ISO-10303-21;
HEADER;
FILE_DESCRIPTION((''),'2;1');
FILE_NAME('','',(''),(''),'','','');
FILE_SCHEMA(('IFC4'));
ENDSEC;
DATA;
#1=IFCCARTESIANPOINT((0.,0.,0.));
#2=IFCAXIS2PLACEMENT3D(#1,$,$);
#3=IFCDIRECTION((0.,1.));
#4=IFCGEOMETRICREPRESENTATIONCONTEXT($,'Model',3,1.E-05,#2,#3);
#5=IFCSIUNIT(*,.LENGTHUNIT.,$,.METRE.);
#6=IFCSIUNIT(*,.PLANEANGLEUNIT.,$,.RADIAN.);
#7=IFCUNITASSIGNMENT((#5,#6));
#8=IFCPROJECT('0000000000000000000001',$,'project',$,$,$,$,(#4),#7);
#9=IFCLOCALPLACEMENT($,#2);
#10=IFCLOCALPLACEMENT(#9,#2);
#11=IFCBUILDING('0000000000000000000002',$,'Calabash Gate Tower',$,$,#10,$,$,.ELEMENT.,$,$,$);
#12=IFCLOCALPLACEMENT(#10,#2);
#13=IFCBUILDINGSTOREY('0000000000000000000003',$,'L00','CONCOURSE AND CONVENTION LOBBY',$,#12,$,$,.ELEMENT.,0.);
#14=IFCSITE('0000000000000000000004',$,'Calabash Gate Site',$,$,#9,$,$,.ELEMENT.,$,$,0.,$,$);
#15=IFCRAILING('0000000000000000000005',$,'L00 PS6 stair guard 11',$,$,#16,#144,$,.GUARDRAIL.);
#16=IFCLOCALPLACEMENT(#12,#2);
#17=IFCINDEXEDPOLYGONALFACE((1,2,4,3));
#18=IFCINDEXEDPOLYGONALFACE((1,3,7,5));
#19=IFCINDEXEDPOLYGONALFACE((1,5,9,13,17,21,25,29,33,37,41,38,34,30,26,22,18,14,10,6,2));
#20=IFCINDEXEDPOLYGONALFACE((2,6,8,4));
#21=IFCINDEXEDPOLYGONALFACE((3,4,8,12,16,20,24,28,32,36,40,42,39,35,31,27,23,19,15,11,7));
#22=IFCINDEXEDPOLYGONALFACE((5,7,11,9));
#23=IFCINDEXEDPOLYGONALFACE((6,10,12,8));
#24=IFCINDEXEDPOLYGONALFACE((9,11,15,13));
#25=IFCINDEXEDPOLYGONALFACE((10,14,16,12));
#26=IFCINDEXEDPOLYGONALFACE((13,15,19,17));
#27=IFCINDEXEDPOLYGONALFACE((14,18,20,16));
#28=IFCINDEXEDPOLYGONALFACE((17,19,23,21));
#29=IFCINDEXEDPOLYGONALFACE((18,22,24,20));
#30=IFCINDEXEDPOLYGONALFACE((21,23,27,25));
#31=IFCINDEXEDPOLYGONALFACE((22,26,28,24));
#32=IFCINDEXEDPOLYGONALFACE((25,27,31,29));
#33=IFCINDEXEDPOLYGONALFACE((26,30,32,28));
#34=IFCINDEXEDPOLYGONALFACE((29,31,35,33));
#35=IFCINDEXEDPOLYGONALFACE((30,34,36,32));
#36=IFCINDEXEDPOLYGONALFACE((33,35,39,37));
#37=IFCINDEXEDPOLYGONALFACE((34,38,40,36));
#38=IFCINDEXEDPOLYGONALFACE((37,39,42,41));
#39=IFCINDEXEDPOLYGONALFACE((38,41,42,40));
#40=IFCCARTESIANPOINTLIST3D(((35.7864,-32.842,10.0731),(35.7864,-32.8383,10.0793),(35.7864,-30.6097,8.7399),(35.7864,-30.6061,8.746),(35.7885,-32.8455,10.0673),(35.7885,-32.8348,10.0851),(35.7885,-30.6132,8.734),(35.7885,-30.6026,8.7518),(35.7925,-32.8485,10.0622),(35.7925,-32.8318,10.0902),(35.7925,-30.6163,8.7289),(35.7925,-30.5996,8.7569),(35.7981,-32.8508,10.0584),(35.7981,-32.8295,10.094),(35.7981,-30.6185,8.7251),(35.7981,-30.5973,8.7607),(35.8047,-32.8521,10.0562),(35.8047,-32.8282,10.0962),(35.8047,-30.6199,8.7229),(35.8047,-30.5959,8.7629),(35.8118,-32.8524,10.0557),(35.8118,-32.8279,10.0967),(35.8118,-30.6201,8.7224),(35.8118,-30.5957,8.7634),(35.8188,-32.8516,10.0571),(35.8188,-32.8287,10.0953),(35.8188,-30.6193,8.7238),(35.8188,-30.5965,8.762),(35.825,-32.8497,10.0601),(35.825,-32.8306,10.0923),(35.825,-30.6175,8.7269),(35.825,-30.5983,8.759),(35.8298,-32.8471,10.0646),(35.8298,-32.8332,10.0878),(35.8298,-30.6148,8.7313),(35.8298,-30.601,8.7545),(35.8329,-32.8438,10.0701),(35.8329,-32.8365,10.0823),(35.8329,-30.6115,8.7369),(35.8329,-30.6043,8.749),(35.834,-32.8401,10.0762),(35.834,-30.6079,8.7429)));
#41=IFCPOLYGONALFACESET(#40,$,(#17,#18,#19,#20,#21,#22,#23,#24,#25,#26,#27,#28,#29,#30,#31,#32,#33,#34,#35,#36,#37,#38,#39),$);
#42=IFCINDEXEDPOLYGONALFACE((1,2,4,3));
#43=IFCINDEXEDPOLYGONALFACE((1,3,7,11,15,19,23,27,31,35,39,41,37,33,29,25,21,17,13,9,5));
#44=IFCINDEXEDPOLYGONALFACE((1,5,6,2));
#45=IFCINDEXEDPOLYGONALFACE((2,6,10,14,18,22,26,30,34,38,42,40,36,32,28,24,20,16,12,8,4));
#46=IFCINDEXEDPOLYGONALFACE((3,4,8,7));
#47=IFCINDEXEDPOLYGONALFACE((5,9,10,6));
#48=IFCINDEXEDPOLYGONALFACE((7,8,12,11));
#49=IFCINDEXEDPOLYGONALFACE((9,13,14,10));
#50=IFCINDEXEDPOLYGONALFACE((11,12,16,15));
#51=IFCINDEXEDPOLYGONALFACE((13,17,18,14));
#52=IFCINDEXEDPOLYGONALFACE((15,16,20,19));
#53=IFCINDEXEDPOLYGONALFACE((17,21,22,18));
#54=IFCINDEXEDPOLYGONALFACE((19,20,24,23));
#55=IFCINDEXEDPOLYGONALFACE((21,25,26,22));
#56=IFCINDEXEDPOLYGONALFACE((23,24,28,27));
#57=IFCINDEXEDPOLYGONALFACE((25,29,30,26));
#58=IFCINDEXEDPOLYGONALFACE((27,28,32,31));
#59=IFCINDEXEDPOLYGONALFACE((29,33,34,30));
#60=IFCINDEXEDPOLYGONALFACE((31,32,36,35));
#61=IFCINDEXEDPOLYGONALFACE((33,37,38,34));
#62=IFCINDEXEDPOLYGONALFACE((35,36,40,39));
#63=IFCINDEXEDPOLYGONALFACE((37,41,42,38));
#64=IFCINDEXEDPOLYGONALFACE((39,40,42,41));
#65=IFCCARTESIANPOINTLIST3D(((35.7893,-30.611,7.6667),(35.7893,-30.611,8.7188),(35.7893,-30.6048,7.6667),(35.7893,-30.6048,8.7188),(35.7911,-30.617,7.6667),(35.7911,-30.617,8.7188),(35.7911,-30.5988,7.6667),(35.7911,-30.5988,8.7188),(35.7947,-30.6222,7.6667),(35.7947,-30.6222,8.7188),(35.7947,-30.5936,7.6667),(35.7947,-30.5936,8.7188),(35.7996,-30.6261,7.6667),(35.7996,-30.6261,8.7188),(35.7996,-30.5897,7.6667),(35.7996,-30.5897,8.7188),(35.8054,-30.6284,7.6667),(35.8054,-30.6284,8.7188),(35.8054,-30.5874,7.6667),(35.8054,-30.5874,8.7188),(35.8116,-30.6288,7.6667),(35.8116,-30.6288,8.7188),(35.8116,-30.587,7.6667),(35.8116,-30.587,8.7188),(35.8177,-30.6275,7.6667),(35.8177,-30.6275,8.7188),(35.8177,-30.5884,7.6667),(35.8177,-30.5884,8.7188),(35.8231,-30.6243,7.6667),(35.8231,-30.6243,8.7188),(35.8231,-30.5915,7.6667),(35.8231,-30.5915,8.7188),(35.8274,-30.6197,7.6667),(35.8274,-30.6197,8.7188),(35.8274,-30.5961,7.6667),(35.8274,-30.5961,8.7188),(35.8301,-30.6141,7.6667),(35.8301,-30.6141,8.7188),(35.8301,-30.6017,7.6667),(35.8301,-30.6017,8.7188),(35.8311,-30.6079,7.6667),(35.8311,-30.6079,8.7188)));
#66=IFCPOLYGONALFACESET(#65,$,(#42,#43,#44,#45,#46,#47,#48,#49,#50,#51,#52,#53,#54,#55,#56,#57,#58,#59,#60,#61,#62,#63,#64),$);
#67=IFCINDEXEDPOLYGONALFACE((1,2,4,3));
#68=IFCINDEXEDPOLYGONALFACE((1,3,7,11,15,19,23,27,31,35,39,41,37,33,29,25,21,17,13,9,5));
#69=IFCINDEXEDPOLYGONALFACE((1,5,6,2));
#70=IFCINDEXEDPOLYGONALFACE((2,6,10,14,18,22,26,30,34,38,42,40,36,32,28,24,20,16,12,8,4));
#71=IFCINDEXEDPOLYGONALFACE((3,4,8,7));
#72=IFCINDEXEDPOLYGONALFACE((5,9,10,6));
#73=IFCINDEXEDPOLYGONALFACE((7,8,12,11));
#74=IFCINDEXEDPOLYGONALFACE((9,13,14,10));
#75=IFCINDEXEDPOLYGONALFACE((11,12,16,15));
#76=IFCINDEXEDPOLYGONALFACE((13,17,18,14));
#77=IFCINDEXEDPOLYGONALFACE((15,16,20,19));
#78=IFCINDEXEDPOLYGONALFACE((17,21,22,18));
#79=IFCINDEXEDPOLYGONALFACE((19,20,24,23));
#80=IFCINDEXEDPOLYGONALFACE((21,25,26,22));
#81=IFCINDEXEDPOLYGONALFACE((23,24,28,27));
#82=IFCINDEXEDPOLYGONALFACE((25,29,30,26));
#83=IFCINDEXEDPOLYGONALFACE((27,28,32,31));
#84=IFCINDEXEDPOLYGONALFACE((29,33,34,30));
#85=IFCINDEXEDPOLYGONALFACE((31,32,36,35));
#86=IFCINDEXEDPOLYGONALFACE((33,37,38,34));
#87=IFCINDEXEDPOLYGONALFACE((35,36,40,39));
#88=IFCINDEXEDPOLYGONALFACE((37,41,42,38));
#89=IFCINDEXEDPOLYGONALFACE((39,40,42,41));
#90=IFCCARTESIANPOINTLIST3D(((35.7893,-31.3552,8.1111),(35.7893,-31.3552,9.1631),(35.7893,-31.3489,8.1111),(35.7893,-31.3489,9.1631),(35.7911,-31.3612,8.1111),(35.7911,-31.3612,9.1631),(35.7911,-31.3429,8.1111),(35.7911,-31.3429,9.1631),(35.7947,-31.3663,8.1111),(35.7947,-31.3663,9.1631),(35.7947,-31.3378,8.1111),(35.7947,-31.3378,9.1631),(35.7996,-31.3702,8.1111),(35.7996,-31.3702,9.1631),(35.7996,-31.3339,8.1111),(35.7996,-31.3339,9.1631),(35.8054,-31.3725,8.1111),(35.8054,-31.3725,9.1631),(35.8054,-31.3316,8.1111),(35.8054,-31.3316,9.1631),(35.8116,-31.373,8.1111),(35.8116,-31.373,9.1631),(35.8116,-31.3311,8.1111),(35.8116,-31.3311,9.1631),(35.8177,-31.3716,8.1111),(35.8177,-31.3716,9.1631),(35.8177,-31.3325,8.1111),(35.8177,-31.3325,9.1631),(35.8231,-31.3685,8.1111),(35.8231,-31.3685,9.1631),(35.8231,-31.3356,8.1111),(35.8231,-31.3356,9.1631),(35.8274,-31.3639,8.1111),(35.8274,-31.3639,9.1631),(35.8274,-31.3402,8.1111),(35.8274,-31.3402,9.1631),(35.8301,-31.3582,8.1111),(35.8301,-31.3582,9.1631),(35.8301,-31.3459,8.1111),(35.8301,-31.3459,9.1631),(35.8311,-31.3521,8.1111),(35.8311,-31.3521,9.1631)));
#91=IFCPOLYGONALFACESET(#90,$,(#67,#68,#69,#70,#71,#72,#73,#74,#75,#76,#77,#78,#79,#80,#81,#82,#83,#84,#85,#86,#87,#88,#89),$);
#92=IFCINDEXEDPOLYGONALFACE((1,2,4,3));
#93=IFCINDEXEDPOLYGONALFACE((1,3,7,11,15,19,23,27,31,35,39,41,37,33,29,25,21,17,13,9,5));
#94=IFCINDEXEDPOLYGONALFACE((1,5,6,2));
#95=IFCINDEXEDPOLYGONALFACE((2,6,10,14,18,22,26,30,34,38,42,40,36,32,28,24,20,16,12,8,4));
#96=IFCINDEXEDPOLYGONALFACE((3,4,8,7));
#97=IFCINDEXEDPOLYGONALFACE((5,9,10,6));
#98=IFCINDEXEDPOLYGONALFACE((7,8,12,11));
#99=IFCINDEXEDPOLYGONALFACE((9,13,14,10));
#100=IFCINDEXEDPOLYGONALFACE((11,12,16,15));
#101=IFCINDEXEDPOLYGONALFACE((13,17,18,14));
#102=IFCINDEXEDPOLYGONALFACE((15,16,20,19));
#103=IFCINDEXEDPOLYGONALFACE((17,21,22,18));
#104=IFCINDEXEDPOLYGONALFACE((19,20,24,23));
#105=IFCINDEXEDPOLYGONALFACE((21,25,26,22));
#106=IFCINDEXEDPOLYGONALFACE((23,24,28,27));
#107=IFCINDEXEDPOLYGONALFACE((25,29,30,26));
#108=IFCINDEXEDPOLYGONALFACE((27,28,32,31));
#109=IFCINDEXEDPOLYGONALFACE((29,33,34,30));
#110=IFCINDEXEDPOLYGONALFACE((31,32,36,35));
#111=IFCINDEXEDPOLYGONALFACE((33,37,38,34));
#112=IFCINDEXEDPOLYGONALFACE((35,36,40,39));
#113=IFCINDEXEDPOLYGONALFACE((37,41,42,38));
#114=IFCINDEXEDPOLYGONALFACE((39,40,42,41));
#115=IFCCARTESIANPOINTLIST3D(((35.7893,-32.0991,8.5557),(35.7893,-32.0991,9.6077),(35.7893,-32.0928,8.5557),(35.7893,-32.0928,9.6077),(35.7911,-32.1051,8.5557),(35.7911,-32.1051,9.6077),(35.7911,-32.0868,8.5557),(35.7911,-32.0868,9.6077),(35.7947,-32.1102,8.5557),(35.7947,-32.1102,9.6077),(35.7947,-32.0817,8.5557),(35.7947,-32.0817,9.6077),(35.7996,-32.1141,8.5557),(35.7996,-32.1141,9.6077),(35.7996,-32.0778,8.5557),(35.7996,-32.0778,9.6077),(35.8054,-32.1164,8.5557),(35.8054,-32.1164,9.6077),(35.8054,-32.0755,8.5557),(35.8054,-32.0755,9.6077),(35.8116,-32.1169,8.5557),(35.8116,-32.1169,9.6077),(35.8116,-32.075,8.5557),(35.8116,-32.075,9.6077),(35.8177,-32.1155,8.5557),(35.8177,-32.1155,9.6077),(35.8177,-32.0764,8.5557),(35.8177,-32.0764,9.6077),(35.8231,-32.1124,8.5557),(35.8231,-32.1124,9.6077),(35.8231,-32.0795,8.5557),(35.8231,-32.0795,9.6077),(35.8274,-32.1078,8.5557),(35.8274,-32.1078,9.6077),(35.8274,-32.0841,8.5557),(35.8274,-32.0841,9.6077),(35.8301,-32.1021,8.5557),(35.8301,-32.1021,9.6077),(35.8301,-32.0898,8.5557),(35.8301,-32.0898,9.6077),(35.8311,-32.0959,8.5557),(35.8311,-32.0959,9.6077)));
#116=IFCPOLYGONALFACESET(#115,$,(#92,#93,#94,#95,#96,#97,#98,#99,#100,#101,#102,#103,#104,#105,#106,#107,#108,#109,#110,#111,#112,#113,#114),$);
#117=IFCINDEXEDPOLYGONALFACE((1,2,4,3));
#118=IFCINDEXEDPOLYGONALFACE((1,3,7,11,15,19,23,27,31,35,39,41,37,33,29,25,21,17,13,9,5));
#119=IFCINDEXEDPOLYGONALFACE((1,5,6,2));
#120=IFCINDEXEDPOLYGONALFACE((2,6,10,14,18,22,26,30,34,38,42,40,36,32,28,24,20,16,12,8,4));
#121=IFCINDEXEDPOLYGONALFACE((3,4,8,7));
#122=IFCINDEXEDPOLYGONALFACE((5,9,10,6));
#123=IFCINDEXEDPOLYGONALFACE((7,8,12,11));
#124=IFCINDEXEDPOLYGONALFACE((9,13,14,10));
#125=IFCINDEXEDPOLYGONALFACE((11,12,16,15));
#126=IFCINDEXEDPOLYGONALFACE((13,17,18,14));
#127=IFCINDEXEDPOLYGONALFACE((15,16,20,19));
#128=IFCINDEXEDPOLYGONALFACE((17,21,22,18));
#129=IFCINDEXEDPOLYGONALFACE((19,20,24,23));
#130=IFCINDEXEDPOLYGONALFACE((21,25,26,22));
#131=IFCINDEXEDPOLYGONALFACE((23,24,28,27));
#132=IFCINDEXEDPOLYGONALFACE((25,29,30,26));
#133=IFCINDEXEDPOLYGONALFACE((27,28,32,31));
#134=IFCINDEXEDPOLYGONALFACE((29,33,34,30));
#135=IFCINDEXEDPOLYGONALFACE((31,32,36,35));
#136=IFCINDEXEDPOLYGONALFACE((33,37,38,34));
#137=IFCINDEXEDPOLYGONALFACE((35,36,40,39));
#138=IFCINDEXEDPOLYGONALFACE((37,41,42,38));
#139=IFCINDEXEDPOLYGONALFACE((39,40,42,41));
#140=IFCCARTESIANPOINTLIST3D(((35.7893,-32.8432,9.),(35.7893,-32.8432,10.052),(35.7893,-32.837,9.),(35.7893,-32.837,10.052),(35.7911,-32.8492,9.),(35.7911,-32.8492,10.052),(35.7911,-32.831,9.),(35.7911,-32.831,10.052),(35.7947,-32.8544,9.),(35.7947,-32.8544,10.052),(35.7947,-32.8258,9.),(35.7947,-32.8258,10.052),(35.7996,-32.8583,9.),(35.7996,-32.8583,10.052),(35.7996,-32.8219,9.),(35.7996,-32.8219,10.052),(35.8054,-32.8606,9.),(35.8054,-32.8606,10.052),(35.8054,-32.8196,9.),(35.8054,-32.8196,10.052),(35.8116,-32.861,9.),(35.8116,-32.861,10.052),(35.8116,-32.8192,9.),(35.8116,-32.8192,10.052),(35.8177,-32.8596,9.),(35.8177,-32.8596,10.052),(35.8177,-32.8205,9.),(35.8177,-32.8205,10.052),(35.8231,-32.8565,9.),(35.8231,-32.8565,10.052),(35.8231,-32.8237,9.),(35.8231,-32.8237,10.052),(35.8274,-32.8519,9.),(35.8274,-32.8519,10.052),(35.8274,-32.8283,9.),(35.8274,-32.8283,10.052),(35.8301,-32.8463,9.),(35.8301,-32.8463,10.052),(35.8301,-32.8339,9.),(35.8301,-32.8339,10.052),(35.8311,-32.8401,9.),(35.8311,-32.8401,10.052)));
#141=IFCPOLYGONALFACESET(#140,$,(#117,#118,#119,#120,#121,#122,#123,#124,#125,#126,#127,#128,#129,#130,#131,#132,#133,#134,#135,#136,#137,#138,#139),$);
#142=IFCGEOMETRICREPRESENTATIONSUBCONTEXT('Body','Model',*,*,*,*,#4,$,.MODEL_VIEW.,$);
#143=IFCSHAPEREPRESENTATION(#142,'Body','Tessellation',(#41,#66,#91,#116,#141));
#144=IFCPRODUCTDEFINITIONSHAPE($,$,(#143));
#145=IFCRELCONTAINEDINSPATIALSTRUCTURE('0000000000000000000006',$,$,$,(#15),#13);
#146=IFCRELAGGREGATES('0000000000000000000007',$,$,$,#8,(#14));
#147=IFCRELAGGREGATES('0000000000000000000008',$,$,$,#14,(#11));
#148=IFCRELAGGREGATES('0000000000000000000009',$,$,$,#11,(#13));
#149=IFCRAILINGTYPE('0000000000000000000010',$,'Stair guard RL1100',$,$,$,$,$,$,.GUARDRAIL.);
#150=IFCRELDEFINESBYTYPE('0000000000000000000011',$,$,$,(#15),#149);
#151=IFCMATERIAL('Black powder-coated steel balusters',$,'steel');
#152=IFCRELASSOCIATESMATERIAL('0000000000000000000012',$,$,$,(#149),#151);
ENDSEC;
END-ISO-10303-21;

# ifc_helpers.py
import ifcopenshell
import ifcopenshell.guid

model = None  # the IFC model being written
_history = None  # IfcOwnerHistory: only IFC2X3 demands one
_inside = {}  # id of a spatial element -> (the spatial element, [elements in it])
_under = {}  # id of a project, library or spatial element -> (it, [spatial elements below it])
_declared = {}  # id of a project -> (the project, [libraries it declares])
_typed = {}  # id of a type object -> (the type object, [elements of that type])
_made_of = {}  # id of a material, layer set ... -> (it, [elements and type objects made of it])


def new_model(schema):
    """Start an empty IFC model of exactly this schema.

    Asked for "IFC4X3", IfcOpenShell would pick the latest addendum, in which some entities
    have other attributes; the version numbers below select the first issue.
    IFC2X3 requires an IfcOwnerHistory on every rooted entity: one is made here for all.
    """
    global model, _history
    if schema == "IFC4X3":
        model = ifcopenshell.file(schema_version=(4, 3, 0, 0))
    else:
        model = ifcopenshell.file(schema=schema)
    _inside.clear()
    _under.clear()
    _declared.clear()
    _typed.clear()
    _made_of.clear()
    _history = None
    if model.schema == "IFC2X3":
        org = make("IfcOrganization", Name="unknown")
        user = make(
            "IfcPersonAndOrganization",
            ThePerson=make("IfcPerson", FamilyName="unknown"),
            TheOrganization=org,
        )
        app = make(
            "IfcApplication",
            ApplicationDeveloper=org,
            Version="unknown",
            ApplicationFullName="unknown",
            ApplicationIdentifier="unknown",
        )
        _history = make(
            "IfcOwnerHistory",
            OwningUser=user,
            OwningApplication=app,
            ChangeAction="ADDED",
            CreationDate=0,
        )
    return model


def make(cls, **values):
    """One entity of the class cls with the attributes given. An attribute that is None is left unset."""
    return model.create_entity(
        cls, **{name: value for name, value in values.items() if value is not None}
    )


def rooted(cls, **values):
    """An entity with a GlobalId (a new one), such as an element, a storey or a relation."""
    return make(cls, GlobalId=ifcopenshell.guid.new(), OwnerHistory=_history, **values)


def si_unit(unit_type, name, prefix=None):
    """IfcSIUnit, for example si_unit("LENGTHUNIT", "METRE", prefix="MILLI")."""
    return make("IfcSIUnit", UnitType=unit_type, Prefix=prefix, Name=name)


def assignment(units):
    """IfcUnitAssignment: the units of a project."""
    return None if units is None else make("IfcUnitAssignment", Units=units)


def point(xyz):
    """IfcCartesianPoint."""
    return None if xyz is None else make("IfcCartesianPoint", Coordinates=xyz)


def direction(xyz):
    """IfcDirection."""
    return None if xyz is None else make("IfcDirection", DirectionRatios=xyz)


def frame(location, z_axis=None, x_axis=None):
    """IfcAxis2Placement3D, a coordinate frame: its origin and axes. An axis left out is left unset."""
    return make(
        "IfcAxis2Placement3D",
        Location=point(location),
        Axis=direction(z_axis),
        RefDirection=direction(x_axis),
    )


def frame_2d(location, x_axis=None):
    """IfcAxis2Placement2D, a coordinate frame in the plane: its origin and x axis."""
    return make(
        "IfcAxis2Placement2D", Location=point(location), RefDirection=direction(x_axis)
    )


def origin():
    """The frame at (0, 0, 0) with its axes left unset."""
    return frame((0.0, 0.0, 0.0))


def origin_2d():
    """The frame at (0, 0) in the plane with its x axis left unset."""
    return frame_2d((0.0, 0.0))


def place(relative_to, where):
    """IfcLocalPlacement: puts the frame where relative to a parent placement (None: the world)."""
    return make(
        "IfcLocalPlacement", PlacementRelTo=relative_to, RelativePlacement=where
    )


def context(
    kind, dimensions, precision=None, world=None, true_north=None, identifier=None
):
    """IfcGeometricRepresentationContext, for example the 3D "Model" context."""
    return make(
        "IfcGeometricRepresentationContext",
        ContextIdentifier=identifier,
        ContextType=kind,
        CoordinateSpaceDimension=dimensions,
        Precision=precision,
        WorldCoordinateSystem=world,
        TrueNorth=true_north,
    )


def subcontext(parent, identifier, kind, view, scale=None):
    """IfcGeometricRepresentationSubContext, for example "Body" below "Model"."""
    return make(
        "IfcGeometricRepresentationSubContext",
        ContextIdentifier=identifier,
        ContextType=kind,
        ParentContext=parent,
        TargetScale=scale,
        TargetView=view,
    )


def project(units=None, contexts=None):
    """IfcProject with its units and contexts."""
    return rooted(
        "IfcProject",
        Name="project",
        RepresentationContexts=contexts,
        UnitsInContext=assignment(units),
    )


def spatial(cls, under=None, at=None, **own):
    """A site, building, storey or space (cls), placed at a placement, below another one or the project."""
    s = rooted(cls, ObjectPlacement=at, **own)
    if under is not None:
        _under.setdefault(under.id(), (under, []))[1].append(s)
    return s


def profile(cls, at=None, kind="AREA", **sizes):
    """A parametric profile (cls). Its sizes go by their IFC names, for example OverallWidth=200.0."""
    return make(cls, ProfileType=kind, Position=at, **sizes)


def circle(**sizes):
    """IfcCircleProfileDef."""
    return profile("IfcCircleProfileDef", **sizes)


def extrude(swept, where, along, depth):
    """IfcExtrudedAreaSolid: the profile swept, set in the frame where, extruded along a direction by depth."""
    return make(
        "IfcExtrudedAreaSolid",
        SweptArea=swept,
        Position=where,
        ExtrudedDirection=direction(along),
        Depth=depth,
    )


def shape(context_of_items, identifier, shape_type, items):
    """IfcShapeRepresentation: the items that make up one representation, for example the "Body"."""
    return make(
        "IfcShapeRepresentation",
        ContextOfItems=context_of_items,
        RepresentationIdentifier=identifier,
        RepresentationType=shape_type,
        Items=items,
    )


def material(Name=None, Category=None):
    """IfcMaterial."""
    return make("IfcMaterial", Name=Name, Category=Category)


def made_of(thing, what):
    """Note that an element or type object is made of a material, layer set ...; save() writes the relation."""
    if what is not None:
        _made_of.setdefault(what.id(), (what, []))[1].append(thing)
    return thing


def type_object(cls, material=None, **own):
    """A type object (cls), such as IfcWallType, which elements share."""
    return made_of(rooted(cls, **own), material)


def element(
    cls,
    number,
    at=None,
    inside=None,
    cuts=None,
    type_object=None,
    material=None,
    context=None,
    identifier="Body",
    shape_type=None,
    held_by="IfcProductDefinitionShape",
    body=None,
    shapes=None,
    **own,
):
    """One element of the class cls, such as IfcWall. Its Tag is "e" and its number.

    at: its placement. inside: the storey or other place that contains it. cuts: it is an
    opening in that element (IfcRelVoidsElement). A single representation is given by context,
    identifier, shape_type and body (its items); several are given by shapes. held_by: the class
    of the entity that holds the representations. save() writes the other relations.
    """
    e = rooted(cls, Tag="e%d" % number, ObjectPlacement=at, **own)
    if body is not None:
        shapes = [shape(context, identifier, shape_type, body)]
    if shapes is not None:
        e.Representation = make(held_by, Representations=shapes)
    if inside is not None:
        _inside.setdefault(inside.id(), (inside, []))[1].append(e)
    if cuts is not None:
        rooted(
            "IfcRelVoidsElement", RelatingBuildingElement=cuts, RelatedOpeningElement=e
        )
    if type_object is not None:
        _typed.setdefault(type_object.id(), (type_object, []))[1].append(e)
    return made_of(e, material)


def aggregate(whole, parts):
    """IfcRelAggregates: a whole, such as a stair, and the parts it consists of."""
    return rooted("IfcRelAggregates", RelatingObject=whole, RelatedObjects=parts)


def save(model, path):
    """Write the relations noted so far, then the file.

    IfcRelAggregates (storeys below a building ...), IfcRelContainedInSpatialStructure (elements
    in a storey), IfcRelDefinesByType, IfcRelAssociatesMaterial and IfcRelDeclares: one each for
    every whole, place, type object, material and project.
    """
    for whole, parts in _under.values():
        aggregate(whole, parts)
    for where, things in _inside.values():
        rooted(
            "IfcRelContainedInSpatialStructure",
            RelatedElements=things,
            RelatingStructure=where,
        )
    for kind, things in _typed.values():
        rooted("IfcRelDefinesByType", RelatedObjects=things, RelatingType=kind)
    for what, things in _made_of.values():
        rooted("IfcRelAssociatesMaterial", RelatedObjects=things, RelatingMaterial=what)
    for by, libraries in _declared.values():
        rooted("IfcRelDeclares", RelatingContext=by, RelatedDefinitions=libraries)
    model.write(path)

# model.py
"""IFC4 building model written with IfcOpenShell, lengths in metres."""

from ifc_helpers import new_model, si_unit, direction, frame, origin, origin_2d, place, context, subcontext, project, spatial, circle, extrude, material, type_object, element, save


model = new_model("IFC4")

# Units and contexts
model_context = context("Model", 3, precision=1e-05, world=origin(), true_north=direction((0.0, 1.0)))
body_context = subcontext(model_context, "Body", "Model", "MODEL_VIEW")
ifc_project = project(units=[si_unit("LENGTHUNIT", "METRE"), si_unit("PLANEANGLEUNIT", "RADIAN")], contexts=[model_context])

# Site, building, storey
site_placement = place(None, origin())
site = spatial("IfcSite", under=ifc_project, at=site_placement, Name="Calabash Gate Site", CompositionType="ELEMENT", RefElevation=0.0)
building_placement = place(site_placement, origin())
building = spatial("IfcBuilding", under=site, at=building_placement, Name="Calabash Gate Tower", CompositionType="ELEMENT")
storey_placement = place(building_placement, origin())
storey = spatial("IfcBuildingStorey", under=building, at=storey_placement, Name="L00", Description="CONCOURSE AND CONVENTION LOBBY", CompositionType="ELEMENT", Elevation=0.0)

# Railing
ifc_material_1 = material(Name="Black powder-coated steel balusters", Category="steel")
railing_type_1 = type_object("IfcRailingType", Name="Stair guard RL1100", PredefinedType="GUARDRAIL", material=ifc_material_1)
railing_1_placement = place(storey_placement, frame((35.8101, -30.6079, 7.6667)))
element("IfcRailing", 1, at=railing_1_placement, inside=storey, type_object=railing_type_1, Name="L00 PS6 stair guard 11", PredefinedType="GUARDRAIL", context=body_context, shape_type="SweptSolid", body=[
    extrude(circle(Radius=0.0239, at=origin_2d()), frame((0.0, 0.0, 1.0762), z_axis=(0.0, -0.858519, 0.512782), x_axis=(1.0, 0.0, 0.0)), (0.0, 0.0, 1.0), 2.6001),
    extrude(circle(Radius=0.021, at=origin_2d()), origin(), (0.0, 0.0, 1.0), 1.052),
    extrude(circle(Radius=0.021, at=origin_2d()), frame((0.0, -0.7441, 0.4443)), (0.0, 0.0, 1.0), 1.052),
    extrude(circle(Radius=0.021, at=origin_2d()), frame((0.0, -1.488, 0.8889)), (0.0, 0.0, 1.0), 1.052),
    extrude(circle(Radius=0.021, at=origin_2d()), frame((0.0, -2.2322, 1.3333)), (0.0, 0.0, 1.0), 1.052),
])

save(model, "model.ifc")
